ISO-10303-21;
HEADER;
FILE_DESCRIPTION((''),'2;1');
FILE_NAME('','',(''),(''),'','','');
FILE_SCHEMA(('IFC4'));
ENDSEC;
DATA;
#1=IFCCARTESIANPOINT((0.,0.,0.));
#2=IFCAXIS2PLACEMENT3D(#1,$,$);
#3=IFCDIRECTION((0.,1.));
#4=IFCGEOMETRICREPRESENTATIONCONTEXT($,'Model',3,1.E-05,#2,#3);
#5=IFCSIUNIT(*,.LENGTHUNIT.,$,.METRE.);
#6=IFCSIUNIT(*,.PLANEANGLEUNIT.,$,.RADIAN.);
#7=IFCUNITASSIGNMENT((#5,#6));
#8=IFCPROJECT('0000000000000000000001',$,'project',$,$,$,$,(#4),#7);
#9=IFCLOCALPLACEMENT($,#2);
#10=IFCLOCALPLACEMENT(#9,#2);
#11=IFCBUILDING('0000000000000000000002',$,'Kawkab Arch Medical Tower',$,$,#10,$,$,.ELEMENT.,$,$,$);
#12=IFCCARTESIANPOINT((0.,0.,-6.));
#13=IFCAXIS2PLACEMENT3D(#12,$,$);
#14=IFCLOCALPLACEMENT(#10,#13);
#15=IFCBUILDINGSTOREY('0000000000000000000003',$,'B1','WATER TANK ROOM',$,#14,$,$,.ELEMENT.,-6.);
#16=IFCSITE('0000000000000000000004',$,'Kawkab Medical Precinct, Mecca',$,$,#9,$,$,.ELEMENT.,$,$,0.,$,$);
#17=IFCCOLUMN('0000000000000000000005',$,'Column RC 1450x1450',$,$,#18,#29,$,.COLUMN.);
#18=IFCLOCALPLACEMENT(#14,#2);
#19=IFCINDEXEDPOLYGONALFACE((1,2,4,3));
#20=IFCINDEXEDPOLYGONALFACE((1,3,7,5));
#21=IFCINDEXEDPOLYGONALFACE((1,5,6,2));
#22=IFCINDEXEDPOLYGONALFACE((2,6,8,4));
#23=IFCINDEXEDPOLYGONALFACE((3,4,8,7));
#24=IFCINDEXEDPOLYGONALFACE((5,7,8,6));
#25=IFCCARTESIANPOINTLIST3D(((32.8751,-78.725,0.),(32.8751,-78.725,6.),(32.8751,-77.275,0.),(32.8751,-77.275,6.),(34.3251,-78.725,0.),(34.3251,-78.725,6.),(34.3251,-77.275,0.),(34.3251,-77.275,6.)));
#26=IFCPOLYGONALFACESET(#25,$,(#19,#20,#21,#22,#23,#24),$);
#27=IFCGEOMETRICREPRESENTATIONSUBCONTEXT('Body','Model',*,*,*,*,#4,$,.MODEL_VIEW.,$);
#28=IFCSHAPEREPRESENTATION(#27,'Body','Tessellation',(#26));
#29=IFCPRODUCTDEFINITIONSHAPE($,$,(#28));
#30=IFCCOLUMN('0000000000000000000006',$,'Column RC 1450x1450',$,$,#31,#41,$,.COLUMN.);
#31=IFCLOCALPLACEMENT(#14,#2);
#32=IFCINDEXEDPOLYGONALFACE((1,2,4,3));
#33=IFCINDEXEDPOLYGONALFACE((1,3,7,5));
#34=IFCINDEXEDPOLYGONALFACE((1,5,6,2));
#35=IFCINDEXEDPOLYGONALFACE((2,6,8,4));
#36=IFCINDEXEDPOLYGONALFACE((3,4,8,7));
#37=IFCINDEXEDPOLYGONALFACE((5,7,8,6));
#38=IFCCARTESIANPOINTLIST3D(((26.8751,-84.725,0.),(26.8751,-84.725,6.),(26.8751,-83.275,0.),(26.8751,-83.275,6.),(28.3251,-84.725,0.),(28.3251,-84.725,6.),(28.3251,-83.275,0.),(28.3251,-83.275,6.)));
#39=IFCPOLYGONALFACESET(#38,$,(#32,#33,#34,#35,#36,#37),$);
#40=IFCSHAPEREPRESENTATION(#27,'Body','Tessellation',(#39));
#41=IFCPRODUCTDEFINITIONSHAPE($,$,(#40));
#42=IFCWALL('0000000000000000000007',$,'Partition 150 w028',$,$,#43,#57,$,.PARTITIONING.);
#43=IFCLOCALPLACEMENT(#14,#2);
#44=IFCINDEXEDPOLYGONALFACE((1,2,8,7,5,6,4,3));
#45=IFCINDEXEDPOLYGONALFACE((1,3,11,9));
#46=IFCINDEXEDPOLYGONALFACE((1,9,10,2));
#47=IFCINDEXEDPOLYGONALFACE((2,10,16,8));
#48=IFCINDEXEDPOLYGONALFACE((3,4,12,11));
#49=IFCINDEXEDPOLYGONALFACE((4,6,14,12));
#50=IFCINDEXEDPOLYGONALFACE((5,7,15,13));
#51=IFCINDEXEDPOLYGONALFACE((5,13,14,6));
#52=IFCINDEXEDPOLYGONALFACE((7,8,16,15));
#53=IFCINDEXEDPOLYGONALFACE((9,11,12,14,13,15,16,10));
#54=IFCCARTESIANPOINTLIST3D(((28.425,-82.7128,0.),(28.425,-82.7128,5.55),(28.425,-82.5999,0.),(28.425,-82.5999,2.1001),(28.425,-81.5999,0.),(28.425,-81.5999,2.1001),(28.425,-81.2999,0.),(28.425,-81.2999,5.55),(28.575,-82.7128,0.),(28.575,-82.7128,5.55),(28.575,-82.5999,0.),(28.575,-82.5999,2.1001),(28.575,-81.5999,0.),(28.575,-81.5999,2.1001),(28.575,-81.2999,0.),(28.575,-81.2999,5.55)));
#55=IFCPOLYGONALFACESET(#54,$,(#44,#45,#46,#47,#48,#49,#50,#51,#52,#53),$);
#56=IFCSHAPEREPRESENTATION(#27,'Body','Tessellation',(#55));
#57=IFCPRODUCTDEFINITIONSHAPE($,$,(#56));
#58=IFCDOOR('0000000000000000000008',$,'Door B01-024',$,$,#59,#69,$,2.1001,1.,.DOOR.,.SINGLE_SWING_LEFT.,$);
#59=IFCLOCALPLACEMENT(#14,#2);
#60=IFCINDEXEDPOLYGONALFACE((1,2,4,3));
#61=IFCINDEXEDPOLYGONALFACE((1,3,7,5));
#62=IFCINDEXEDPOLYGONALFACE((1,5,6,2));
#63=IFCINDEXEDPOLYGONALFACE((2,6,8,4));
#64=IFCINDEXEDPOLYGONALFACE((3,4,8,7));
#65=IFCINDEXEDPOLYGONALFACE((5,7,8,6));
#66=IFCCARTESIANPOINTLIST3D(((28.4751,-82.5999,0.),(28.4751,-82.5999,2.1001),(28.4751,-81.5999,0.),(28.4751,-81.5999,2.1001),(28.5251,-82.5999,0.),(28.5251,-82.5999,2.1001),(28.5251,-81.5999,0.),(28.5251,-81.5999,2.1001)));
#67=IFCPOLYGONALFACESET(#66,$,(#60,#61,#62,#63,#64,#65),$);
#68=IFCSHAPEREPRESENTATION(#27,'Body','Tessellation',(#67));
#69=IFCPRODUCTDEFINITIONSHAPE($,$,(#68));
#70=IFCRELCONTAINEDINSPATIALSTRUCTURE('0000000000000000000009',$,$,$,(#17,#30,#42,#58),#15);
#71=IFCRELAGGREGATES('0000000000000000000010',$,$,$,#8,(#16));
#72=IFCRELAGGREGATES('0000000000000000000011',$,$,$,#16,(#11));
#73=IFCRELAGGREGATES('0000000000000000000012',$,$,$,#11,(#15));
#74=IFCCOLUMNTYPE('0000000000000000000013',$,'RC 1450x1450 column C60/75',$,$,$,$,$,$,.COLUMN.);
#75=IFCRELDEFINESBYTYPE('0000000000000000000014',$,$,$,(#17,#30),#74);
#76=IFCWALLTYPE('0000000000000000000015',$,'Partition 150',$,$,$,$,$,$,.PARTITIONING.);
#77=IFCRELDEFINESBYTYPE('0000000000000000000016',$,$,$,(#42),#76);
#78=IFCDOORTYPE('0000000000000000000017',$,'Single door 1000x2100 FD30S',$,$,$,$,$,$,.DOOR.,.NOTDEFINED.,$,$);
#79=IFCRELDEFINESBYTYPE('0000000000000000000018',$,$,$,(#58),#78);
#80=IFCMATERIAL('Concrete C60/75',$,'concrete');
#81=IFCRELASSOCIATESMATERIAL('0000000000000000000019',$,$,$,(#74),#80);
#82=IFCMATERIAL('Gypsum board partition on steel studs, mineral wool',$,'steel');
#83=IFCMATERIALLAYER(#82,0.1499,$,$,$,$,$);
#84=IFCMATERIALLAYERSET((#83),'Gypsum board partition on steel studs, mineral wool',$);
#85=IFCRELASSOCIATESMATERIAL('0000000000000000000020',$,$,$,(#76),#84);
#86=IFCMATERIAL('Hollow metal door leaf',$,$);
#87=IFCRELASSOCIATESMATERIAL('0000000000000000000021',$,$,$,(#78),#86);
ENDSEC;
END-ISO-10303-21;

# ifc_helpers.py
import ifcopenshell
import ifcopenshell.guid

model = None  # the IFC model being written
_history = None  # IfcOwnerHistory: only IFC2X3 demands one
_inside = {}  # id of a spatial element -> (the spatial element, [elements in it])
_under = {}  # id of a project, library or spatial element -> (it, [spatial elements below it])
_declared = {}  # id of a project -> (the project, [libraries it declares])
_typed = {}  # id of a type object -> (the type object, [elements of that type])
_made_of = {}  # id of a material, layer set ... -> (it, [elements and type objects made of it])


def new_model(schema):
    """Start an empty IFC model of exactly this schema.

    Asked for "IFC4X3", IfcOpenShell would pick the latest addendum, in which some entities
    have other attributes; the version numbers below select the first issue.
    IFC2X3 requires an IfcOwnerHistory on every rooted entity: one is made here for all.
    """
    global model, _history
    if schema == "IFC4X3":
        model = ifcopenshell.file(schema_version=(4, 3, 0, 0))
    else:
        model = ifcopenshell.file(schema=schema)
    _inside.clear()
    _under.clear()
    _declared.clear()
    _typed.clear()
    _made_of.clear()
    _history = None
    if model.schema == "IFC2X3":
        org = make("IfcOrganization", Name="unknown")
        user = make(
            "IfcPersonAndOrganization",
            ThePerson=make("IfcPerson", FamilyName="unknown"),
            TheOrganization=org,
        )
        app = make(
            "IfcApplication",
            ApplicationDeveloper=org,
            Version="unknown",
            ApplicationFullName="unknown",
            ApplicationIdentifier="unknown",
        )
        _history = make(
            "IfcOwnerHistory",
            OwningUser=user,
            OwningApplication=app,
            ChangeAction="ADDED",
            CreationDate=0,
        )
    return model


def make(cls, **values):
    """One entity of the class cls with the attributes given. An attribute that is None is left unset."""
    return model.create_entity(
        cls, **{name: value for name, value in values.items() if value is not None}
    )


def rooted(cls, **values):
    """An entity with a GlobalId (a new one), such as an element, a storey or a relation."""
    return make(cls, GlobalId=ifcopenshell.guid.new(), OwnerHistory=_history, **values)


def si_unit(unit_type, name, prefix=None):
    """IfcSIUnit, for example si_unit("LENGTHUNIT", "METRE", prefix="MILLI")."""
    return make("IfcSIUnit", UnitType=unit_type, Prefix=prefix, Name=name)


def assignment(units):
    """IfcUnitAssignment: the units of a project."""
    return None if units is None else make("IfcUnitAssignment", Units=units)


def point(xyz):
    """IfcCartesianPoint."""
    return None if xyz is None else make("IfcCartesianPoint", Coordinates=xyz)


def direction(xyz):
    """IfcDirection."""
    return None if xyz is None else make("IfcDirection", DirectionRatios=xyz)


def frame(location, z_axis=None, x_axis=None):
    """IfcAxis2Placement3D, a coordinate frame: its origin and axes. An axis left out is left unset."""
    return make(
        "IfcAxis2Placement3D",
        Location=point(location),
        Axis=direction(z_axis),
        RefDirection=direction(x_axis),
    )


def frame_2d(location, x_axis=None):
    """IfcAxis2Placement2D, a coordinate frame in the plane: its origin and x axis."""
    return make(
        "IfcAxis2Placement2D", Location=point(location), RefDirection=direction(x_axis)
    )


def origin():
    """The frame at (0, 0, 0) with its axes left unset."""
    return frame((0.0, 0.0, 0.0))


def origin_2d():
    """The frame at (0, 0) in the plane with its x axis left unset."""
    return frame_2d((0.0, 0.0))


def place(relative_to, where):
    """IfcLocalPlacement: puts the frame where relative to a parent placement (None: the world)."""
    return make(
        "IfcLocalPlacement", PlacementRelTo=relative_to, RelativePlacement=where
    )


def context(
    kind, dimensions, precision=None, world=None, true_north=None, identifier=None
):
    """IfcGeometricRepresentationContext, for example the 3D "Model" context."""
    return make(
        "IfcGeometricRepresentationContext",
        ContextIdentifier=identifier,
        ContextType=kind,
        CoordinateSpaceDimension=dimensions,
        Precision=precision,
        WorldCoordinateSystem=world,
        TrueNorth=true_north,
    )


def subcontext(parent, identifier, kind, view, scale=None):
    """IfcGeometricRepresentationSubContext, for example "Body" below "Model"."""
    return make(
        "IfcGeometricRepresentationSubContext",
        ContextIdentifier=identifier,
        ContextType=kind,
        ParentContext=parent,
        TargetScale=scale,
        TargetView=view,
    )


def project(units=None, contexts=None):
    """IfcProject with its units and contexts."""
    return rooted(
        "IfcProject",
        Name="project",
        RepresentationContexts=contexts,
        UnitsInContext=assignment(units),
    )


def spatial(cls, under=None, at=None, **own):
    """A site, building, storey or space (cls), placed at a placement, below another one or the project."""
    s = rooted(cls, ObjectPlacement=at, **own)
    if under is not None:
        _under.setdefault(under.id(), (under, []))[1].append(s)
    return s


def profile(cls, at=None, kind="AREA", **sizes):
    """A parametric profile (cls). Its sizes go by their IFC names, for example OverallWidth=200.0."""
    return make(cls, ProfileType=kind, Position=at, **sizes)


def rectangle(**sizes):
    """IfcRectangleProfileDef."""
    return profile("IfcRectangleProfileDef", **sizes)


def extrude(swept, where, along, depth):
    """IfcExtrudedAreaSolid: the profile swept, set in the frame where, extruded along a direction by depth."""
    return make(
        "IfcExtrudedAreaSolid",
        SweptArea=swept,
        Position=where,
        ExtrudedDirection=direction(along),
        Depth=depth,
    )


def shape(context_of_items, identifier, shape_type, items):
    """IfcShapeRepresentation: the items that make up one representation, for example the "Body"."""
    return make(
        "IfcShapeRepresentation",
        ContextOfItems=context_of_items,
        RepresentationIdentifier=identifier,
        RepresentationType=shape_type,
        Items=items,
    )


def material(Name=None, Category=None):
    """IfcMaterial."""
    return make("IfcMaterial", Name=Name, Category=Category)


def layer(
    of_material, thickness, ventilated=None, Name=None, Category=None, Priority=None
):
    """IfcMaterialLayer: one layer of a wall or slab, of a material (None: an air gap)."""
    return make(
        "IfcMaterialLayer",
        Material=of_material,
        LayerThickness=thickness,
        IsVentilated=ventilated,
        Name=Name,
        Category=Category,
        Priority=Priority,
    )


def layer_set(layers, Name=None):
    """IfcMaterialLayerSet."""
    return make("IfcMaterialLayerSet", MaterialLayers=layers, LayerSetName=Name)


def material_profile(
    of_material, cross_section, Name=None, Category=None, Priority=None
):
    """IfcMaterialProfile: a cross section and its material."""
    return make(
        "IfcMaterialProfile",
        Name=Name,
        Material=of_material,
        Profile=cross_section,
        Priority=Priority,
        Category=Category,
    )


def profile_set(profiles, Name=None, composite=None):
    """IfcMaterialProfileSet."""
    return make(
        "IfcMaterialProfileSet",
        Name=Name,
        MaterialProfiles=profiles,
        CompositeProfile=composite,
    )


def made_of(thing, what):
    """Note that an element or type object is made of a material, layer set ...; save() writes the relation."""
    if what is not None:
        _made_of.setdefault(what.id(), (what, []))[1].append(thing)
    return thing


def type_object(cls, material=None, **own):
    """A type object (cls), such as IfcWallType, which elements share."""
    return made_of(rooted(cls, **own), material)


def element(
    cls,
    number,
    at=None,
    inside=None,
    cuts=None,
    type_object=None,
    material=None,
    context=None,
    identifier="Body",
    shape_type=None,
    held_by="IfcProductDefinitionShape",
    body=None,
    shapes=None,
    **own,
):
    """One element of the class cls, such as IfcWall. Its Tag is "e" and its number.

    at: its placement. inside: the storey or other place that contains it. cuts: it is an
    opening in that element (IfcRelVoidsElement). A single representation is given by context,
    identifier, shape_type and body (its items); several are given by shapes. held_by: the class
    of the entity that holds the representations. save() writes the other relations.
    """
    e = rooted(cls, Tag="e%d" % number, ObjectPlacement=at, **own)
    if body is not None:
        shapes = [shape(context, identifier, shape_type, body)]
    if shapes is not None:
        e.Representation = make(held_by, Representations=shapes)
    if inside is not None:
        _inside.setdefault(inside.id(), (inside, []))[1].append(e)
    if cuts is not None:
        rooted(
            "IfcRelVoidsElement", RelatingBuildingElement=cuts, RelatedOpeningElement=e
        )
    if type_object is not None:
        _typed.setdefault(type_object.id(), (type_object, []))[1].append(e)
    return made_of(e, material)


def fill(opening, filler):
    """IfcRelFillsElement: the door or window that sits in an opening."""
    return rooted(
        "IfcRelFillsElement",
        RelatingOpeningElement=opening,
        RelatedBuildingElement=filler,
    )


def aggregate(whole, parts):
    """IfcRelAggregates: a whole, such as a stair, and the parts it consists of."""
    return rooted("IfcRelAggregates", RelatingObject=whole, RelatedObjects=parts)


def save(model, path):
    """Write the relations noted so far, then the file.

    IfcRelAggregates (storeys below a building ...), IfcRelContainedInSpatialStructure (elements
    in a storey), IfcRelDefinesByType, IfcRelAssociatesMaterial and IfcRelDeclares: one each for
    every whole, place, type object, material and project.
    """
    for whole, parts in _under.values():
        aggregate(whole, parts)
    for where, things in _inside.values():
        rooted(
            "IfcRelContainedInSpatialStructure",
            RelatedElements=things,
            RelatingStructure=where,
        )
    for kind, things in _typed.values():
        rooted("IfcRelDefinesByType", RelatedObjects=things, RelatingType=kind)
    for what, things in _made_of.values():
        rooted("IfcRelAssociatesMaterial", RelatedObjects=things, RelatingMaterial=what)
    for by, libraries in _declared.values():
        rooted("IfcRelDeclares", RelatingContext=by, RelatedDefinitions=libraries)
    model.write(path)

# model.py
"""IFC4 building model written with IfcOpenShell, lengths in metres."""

from ifc_helpers import new_model, si_unit, direction, frame, frame_2d, origin, origin_2d, place, context, subcontext, project, spatial, rectangle, extrude, material, layer, layer_set, material_profile, profile_set, type_object, element, fill, save


model = new_model("IFC4")

# Units and contexts
model_context = context("Model", 3, precision=1e-05, world=origin(), true_north=direction((0.0, 1.0)))
body_context = subcontext(model_context, "Body", "Model", "MODEL_VIEW")
ifc_project = project(units=[si_unit("LENGTHUNIT", "METRE"), si_unit("PLANEANGLEUNIT", "RADIAN")], contexts=[model_context])

# Site, building, storey
site_placement = place(None, origin())
site = spatial("IfcSite", under=ifc_project, at=site_placement, Name="Kawkab Medical Precinct, Mecca", CompositionType="ELEMENT", RefElevation=0.0)
building_placement = place(site_placement, origin())
building = spatial("IfcBuilding", under=site, at=building_placement, Name="Kawkab Arch Medical Tower", CompositionType="ELEMENT")
storey_placement = place(building_placement, frame((0.0, 0.0, -6.0)))
storey = spatial("IfcBuildingStorey", under=building, at=storey_placement, Name="B1", Description="WATER TANK ROOM", CompositionType="ELEMENT", Elevation=-6.0)

# Columns
ifc_material_1 = material(Name="Concrete C60/75", Category="concrete")
ifc_material_profile_1 = material_profile(ifc_material_1, rectangle(XDim=1.45, YDim=1.45, at=origin_2d()), Name="RC 1450x1450")
ifc_profile_set_1 = profile_set([ifc_material_profile_1], Name="Concrete C60/75")
column_type = type_object("IfcColumnType", Name="RC 1450x1450 column C60/75", PredefinedType="COLUMN", material=ifc_profile_set_1)
for number, where, z_axis, x_axis, name in (
    (1, (33.6001, -78.0, 0.0), (0.0, 0.0, 1.0), (1.0, 0.0, 0.0), "Column RC 1450x1450"),
    (2, (27.6001, -84.0, 0.0), (0.0, 0.0, 1.0), (1.0, 0.0, 0.0), "Column RC 1450x1450"),
):
    element("IfcColumn", number, at=place(storey_placement, frame(where, z_axis=z_axis, x_axis=x_axis)), inside=storey, type_object=column_type, Name=name, PredefinedType="COLUMN", context=body_context, shape_type="SweptSolid", body=[
        extrude(rectangle(XDim=1.45, YDim=1.45, at=origin_2d()), origin(), (0.0, 0.0, 1.0), 6.0),
    ])

# Wall, opening, door
ifc_material_2 = material(Name="Gypsum board partition on steel studs, mineral wool", Category="steel")
ifc_layer = layer(ifc_material_2, 0.1499)
ifc_layer_set = layer_set([ifc_layer], Name="Gypsum board partition on steel studs, mineral wool")
wall_type = type_object("IfcWallType", Name="Partition 150", PredefinedType="PARTITIONING", material=ifc_layer_set)
wall_placement = place(storey_placement, frame((28.5, -82.7129, 0.0), z_axis=(0.0, 0.0, 1.0), x_axis=(0.0, 1.0, 0.0)))
wall = element("IfcWall", 3, at=wall_placement, inside=storey, type_object=wall_type, Name="Partition 150 w028", PredefinedType="PARTITIONING", context=body_context, shape_type="SweptSolid", body=[
    extrude(rectangle(XDim=1.4128, YDim=0.1499, at=frame_2d((0.7065, 0.0))), origin(), (0.0, 0.0, 1.0), 5.55),
])
opening_placement = place(wall_placement, frame((0.113, 0.0, 0.0)))
opening = element("IfcOpeningElement", 4, at=opening_placement, cuts=wall, PredefinedType="OPENING", context=body_context, shape_type="SweptSolid", body=[
    extrude(rectangle(XDim=1.0, YDim=2.1001, at=frame_2d((0.5, 1.05))), frame((0.0, 0.085, 0.0), z_axis=(0.0, -1.0, 0.0), x_axis=(1.0, 0.0, 0.0)), (0.0, 0.0, 1.0), 0.1699),
])
ifc_material_3 = material(Name="Hollow metal door leaf")
door_type = type_object("IfcDoorType", Name="Single door 1000x2100 FD30S", OperationType="NOTDEFINED", PredefinedType="DOOR", material=ifc_material_3)
door_placement = place(opening_placement, origin())
door = element("IfcDoor", 5, at=door_placement, inside=storey, type_object=door_type, Name="Door B01-024", OperationType="SINGLE_SWING_LEFT", OverallHeight=2.1001, OverallWidth=1.0, PredefinedType="DOOR", context=body_context, shape_type="SweptSolid", body=[
    extrude(rectangle(XDim=1.0, YDim=2.1001, at=frame_2d((0.5, 1.05))), frame((0.0, 0.0249, 0.0), z_axis=(0.0, -1.0, 0.0), x_axis=(1.0, 0.0, 0.0)), (0.0, 0.0, 1.0), 0.05),
])
fill(opening, door)

save(model, "model.ifc")
